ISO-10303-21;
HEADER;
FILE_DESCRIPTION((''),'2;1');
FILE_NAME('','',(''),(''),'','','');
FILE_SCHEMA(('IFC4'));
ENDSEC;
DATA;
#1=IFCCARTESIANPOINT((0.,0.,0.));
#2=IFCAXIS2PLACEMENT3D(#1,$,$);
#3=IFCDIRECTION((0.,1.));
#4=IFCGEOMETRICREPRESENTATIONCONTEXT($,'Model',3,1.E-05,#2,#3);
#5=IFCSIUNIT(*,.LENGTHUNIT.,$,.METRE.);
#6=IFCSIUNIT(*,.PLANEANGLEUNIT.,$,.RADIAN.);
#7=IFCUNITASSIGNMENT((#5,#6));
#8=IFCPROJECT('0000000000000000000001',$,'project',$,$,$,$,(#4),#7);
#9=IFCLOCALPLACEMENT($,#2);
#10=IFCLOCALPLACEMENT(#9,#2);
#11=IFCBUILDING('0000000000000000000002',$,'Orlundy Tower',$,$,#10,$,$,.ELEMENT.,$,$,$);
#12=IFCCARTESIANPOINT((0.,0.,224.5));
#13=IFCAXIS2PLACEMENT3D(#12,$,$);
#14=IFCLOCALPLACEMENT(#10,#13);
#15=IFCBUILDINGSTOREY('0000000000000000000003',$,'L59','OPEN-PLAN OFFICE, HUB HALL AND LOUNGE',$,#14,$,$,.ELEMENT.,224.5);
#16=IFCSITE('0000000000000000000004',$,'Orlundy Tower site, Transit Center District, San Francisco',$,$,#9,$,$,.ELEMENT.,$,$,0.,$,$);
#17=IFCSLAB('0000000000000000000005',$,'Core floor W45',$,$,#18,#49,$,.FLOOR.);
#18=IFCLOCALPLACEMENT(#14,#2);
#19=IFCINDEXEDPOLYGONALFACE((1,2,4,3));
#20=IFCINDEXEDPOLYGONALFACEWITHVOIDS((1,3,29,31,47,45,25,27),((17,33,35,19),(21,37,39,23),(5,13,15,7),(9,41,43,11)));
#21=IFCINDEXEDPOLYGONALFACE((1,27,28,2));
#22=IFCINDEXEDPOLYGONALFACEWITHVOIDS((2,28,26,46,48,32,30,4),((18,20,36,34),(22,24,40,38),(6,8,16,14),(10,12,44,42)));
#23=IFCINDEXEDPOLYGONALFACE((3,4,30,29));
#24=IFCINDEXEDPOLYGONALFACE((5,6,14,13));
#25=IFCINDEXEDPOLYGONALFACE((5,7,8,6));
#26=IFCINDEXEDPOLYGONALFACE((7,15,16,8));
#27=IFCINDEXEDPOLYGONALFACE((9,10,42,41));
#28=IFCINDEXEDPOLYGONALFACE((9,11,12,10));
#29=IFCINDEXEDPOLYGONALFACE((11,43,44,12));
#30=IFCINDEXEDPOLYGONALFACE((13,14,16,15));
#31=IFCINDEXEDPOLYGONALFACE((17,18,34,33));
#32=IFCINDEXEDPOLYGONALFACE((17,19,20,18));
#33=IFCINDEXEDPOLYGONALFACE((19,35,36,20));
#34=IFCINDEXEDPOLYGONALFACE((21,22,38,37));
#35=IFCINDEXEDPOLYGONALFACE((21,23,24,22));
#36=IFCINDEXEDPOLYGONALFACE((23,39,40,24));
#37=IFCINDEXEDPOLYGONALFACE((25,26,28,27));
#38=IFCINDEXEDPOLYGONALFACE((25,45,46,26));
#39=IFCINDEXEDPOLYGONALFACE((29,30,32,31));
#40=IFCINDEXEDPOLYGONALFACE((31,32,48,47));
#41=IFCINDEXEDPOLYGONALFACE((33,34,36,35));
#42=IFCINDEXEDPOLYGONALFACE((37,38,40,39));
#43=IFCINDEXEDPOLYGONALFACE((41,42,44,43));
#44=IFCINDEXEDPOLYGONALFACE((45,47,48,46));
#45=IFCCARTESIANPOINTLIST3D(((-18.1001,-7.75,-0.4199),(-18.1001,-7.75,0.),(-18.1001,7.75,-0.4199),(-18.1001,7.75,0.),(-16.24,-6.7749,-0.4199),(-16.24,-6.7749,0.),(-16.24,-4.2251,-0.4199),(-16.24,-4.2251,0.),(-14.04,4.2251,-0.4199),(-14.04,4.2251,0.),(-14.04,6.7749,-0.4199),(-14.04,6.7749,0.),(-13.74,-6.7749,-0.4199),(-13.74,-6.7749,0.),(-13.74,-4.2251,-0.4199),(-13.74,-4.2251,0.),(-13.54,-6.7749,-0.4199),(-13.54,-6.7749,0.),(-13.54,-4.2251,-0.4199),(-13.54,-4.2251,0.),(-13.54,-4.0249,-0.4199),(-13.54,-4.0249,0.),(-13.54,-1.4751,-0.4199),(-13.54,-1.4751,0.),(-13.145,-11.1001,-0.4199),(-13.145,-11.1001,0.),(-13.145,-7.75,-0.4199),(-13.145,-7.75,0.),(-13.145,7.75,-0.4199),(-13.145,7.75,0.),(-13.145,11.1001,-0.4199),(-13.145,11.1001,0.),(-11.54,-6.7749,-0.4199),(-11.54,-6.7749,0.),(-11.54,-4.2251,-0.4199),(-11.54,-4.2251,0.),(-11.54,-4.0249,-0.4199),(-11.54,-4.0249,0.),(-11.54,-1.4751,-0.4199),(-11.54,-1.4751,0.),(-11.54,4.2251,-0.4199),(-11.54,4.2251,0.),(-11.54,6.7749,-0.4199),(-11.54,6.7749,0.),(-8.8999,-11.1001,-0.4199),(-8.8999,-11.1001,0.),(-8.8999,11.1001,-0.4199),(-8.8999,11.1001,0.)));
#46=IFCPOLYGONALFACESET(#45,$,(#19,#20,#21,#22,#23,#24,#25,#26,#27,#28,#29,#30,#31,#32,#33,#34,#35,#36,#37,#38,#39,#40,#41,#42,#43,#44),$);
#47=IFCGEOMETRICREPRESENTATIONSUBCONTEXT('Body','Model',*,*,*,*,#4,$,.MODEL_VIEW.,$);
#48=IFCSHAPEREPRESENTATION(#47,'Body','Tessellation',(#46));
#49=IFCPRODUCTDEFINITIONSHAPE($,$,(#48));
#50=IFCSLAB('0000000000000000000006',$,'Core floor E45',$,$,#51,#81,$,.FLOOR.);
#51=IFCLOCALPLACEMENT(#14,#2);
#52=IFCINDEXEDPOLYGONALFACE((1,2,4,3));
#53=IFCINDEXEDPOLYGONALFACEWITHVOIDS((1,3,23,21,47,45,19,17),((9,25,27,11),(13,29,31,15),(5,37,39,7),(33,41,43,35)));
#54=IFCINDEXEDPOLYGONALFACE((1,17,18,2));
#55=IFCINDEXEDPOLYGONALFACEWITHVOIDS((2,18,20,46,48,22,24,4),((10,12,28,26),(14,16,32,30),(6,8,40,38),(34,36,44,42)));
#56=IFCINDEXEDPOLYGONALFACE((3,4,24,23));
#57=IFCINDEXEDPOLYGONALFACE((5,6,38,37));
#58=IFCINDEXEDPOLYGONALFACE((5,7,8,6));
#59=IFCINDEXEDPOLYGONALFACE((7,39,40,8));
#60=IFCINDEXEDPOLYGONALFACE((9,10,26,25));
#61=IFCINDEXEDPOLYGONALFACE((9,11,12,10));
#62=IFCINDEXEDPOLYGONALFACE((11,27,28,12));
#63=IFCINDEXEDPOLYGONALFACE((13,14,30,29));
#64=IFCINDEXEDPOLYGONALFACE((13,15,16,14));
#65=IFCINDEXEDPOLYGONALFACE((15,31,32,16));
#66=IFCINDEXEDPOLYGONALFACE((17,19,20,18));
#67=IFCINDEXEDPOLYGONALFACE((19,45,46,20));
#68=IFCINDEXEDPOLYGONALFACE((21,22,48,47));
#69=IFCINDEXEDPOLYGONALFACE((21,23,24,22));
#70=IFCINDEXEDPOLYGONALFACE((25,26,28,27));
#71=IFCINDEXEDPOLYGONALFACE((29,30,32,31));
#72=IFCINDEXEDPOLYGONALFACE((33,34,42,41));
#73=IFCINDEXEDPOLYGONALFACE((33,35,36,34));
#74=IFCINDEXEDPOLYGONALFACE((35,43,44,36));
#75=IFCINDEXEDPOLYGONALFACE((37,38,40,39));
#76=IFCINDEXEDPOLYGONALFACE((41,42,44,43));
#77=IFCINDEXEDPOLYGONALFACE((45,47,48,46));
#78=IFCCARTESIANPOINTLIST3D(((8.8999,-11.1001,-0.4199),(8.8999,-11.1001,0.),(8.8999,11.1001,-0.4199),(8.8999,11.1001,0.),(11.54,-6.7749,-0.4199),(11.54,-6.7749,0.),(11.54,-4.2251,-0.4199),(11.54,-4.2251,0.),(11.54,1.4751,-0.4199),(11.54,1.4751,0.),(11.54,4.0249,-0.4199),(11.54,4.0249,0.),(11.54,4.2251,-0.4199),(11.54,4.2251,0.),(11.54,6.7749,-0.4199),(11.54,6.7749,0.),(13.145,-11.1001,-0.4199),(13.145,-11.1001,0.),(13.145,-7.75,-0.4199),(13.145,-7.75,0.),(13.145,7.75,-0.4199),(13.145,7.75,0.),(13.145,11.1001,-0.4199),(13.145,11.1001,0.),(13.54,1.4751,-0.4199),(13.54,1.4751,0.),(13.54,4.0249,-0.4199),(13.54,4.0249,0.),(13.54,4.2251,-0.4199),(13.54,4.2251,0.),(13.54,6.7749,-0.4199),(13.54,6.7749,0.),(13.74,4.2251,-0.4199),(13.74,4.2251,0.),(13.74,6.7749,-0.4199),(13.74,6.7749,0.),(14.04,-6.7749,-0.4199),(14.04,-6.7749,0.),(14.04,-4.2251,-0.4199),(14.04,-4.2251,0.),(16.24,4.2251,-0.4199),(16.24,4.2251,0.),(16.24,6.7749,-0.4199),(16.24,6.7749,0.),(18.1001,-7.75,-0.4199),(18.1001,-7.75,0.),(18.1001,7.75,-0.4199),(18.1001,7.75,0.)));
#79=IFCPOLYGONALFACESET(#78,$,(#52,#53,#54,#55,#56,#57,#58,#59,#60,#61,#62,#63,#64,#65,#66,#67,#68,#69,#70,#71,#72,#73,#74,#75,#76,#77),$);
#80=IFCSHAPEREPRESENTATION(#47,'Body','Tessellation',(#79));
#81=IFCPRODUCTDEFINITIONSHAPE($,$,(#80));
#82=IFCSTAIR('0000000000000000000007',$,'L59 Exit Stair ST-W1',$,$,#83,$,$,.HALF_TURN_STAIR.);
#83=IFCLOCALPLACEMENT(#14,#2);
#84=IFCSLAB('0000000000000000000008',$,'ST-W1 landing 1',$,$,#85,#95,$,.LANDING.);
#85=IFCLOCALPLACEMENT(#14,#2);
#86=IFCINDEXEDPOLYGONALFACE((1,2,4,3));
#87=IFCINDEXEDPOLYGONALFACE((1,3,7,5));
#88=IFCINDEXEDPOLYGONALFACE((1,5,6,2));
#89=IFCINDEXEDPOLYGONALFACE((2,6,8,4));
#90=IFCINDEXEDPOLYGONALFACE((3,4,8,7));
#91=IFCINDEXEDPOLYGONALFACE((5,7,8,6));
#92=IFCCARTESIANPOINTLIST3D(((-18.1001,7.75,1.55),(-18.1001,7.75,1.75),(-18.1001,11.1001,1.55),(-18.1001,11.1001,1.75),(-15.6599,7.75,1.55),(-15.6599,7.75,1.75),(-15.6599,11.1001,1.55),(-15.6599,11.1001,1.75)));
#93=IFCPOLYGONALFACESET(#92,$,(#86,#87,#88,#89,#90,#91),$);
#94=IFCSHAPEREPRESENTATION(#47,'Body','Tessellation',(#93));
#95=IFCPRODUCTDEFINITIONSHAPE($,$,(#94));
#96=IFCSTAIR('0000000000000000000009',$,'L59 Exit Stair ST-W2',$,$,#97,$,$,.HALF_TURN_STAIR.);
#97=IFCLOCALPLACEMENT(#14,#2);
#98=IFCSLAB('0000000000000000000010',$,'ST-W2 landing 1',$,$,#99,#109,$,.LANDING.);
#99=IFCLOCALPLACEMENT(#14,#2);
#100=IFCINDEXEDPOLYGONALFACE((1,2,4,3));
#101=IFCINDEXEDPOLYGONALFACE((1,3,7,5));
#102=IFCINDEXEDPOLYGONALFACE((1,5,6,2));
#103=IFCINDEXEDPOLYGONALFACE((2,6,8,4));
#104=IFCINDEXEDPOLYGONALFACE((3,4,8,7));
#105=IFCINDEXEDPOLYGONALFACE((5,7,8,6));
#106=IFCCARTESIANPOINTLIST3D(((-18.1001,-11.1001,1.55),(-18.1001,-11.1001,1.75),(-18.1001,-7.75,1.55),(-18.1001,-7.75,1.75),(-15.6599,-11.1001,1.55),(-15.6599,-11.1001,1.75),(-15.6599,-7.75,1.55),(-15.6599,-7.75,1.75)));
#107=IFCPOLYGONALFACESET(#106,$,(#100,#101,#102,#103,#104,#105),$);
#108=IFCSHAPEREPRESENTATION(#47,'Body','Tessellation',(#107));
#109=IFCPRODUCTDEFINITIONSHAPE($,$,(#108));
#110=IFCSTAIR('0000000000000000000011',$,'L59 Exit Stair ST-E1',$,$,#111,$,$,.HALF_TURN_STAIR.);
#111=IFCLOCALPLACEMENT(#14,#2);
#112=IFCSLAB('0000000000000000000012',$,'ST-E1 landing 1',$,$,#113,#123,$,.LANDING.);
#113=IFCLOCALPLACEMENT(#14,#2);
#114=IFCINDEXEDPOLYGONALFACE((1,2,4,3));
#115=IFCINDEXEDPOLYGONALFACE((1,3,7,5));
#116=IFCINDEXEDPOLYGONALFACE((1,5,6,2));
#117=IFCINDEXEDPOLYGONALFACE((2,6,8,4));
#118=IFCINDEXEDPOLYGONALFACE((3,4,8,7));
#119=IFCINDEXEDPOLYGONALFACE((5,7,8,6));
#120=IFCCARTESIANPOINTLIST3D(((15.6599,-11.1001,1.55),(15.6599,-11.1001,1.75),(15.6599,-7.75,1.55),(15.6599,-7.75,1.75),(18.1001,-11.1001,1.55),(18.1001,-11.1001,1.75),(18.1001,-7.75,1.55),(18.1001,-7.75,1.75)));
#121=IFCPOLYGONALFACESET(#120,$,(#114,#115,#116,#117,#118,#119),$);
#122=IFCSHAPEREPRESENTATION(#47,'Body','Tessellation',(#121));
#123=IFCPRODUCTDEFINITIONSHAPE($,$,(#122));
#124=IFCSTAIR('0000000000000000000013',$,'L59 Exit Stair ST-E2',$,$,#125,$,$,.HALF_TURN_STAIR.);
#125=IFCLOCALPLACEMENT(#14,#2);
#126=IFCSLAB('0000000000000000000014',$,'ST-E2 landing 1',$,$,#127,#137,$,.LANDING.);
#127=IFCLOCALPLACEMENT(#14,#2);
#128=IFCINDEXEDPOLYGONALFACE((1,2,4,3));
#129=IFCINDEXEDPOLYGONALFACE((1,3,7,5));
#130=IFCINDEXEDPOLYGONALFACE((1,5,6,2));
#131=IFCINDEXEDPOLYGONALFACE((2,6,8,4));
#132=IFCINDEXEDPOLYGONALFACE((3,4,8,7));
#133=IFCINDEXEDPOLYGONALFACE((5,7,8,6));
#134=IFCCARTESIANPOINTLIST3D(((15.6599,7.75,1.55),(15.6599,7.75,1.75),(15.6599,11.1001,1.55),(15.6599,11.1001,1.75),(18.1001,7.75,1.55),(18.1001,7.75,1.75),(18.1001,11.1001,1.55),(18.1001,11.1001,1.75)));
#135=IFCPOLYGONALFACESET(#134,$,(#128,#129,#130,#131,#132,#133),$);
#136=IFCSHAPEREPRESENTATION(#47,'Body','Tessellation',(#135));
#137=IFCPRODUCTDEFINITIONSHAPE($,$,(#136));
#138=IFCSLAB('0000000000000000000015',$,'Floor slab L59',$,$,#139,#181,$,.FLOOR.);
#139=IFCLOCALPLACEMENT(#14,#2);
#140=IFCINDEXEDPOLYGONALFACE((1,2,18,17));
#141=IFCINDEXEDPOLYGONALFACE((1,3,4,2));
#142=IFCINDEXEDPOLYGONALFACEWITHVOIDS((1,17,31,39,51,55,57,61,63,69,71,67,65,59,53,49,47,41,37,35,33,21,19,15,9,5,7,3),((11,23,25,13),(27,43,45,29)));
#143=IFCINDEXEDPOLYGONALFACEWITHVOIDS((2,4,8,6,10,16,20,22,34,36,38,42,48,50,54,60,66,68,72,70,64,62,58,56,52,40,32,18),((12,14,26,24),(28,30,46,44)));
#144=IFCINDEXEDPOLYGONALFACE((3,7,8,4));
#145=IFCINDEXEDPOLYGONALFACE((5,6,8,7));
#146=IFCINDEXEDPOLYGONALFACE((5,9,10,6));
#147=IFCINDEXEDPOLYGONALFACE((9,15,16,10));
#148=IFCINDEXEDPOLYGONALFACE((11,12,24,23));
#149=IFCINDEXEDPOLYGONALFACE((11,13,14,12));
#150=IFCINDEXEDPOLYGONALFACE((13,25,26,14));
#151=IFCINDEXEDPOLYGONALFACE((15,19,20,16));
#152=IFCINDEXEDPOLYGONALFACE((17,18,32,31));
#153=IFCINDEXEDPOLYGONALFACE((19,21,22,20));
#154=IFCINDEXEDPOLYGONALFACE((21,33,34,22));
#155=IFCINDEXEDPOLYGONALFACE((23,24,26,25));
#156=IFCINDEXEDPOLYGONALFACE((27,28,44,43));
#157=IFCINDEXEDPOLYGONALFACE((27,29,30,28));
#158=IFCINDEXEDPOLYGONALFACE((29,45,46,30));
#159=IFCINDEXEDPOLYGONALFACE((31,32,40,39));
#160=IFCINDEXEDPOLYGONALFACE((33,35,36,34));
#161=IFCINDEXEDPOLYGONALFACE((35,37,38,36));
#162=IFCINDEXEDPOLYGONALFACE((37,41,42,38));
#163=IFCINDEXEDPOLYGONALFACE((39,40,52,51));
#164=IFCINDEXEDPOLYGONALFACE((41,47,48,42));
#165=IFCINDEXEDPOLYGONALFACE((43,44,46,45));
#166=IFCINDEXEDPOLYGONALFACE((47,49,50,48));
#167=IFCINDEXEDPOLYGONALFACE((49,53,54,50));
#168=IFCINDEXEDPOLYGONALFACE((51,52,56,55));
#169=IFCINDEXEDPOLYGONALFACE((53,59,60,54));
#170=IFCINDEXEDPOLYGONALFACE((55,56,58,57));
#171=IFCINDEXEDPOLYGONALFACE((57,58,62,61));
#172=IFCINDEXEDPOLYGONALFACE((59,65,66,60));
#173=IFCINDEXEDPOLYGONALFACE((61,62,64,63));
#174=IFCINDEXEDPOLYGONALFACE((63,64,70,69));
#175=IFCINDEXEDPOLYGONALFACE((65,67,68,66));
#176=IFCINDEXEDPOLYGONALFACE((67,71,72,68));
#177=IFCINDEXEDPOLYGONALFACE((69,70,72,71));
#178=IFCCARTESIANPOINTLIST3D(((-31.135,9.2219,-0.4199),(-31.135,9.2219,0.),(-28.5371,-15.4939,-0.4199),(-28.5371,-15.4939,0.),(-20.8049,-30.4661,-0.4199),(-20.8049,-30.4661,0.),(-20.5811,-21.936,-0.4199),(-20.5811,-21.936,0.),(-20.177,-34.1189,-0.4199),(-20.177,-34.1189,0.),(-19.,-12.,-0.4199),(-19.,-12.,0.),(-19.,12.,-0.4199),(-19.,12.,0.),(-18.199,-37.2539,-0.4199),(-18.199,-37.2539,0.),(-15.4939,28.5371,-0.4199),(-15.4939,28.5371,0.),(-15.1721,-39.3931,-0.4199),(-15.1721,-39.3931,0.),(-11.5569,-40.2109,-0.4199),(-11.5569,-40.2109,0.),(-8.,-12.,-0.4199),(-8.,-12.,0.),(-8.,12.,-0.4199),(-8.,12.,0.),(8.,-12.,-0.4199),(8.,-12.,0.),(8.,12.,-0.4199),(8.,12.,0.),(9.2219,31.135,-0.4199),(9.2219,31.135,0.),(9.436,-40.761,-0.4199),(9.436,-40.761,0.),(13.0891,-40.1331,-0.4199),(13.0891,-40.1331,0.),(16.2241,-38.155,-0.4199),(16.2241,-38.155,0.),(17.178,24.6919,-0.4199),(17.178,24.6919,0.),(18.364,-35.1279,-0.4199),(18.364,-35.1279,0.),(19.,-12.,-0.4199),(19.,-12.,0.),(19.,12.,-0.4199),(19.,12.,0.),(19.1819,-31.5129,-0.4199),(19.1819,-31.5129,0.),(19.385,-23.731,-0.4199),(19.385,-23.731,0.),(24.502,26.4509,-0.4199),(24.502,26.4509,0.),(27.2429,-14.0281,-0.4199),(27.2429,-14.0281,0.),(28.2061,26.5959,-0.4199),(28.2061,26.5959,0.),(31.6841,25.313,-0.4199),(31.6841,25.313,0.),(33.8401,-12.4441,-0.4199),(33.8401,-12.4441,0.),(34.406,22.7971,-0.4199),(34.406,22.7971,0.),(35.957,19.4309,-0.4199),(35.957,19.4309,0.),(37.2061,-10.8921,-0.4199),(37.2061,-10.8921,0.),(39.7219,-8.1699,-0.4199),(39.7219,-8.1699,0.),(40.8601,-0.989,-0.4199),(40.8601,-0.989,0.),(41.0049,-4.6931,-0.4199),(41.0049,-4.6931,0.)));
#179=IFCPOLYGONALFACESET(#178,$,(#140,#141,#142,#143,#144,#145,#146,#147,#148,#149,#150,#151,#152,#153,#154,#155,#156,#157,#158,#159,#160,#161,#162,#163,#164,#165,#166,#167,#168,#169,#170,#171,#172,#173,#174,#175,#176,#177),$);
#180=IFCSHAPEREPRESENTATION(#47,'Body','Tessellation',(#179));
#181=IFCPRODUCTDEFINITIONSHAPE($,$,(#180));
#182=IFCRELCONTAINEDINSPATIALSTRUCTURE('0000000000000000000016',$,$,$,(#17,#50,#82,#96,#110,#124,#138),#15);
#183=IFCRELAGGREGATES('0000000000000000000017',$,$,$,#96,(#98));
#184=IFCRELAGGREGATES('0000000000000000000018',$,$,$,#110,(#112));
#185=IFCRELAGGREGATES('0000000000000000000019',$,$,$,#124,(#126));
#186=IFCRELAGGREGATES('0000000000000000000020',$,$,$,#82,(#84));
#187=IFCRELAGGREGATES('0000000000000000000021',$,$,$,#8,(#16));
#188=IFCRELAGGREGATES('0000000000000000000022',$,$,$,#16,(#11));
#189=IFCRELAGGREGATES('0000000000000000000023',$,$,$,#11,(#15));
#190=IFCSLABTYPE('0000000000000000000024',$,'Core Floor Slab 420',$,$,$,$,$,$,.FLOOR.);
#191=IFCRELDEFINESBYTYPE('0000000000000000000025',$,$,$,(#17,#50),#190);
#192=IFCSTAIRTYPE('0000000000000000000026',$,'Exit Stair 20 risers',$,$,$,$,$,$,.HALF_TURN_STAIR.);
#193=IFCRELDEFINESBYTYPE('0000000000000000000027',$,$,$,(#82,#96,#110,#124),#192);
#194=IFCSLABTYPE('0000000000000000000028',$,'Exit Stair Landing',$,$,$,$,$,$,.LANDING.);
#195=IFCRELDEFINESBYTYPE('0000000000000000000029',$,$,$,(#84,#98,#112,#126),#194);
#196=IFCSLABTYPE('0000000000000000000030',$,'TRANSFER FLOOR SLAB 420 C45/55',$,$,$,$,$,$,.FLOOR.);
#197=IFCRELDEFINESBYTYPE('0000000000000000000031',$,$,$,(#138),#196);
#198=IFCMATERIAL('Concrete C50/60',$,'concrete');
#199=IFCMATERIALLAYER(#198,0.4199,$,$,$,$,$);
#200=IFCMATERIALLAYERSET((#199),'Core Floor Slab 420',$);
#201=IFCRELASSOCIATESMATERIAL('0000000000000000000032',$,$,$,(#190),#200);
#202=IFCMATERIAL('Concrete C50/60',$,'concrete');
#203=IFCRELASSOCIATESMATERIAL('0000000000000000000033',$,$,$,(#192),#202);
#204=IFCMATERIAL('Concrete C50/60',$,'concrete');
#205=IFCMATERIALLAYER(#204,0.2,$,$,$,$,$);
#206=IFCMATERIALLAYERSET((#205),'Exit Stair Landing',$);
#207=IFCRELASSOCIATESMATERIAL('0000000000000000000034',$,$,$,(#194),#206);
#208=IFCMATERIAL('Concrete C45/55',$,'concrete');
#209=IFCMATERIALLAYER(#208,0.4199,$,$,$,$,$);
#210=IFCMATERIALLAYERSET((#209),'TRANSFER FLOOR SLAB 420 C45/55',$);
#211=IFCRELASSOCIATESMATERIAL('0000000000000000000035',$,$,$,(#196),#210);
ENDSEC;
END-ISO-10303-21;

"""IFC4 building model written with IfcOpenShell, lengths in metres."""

from ifc_helpers import new_model, si_unit, direction, frame, origin, place, context, subcontext, project, spatial, polyline, outline, extrude, material, layer, layer_set, type_object, element, aggregate, save


model = new_model("IFC4")

# Units and contexts
model_context = context("Model", 3, precision=1e-05, world=origin(), true_north=direction((0.0, 1.0)))
body_context = subcontext(model_context, "Body", "Model", "MODEL_VIEW")
ifc_project = project(units=[si_unit("LENGTHUNIT", "METRE"), si_unit("PLANEANGLEUNIT", "RADIAN")], contexts=[model_context])

# Site, building, storey
site_placement = place(None, origin())
site = spatial("IfcSite", under=ifc_project, at=site_placement, Name="Orlundy Tower site, Transit Center District, San Francisco", CompositionType="ELEMENT", RefElevation=0.0)
building_placement = place(site_placement, origin())
building = spatial("IfcBuilding", under=site, at=building_placement, Name="Orlundy Tower", CompositionType="ELEMENT")
storey_placement = place(building_placement, frame((0.0, 0.0, 224.5)))
storey = spatial("IfcBuildingStorey", under=building, at=storey_placement, Name="L59", Description="OPEN-PLAN OFFICE, HUB HALL AND LOUNGE", CompositionType="ELEMENT", Elevation=224.5)

# Slabs
ifc_material_1 = material(Name="Concrete C50/60", Category="concrete")
ifc_layer_1 = layer(ifc_material_1, 0.4199)
ifc_layer_set_1 = layer_set([ifc_layer_1], Name="Core Floor Slab 420")
slab_type_1 = type_object("IfcSlabType", Name="Core Floor Slab 420", PredefinedType="FLOOR", material=ifc_layer_set_1)
slab_1_placement = place(storey_placement, frame((0.0, 0.0, -0.4199)))
element("IfcSlab", 1, at=slab_1_placement, inside=storey, type_object=slab_type_1, Name="Core floor W45", PredefinedType="FLOOR", context=body_context, shape_type="SweptSolid", body=[
    extrude(outline(polyline([(-18.1001, 7.75), (-13.145, 7.75), (-13.145, 11.1001), (-8.8999, 11.1001), (-8.8999, -11.1001), (-13.145, -11.1001), (-13.145, -7.75), (-18.1001, -7.75), (-18.1001, 7.75)]), holes=[polyline([(-13.54, -4.2251), (-13.54, -6.7749), (-11.54, -6.7749), (-11.54, -4.2251), (-13.54, -4.2251)]), polyline([(-13.74, -4.2251), (-16.24, -4.2251), (-16.24, -6.7749), (-13.74, -6.7749), (-13.74, -4.2251)]), polyline([(-11.54, -4.0249), (-11.54, -1.4751), (-13.54, -1.4751), (-13.54, -4.0249), (-11.54, -4.0249)]), polyline([(-14.04, 4.2251), (-11.54, 4.2251), (-11.54, 6.7749), (-14.04, 6.7749), (-14.04, 4.2251)])]), origin(), (0.0, 0.0, 1.0), 0.4199),
])
slab_2_placement = place(storey_placement, frame((0.0, 0.0, -0.4199)))
element("IfcSlab", 2, at=slab_2_placement, inside=storey, type_object=slab_type_1, Name="Core floor E45", PredefinedType="FLOOR", context=body_context, shape_type="SweptSolid", body=[
    extrude(outline(polyline([(18.1001, -7.75), (13.145, -7.75), (13.145, -11.1001), (8.8999, -11.1001), (8.8999, 11.1001), (13.145, 11.1001), (13.145, 7.75), (18.1001, 7.75), (18.1001, -7.75)]), holes=[polyline([(13.54, 4.2251), (13.54, 6.7749), (11.54, 6.7749), (11.54, 4.2251), (13.54, 4.2251)]), polyline([(13.74, 4.2251), (16.24, 4.2251), (16.24, 6.7749), (13.74, 6.7749), (13.74, 4.2251)]), polyline([(11.54, 4.0249), (11.54, 1.4751), (13.54, 1.4751), (13.54, 4.0249), (11.54, 4.0249)]), polyline([(14.04, -4.2251), (11.54, -4.2251), (11.54, -6.7749), (14.04, -6.7749), (14.04, -4.2251)])]), origin(), (0.0, 0.0, 1.0), 0.4199),
])

# Stairs, slabs
ifc_material_2 = material(Name="Concrete C50/60", Category="concrete")
stair_type = type_object("IfcStairType", Name="Exit Stair 20 risers", PredefinedType="HALF_TURN_STAIR", material=ifc_material_2)
stair_1_placement = place(storey_placement, origin())
stair_1 = element("IfcStair", 3, at=stair_1_placement, inside=storey, type_object=stair_type, Name="L59 Exit Stair ST-W1", PredefinedType="HALF_TURN_STAIR")
ifc_material_3 = material(Name="Concrete C50/60", Category="concrete")
ifc_layer_2 = layer(ifc_material_3, 0.2)
ifc_layer_set_2 = layer_set([ifc_layer_2], Name="Exit Stair Landing")
slab_type_2 = type_object("IfcSlabType", Name="Exit Stair Landing", PredefinedType="LANDING", material=ifc_layer_set_2)
slab_3_placement = place(storey_placement, frame((0.0, 0.0, 1.55)))
slab_3 = element("IfcSlab", 4, at=slab_3_placement, type_object=slab_type_2, Name="ST-W1 landing 1", PredefinedType="LANDING", context=body_context, shape_type="SweptSolid", body=[
    extrude(outline(polyline([(-15.6599, 11.1001), (-18.1001, 11.1001), (-18.1001, 7.75), (-15.6599, 7.75), (-15.6599, 11.1001)])), origin(), (0.0, 0.0, 1.0), 0.2),
])
stair_2_placement = place(storey_placement, origin())
stair_2 = element("IfcStair", 5, at=stair_2_placement, inside=storey, type_object=stair_type, Name="L59 Exit Stair ST-W2", PredefinedType="HALF_TURN_STAIR")
slab_4_placement = place(storey_placement, frame((0.0, 0.0, 1.55)))
slab_4 = element("IfcSlab", 6, at=slab_4_placement, type_object=slab_type_2, Name="ST-W2 landing 1", PredefinedType="LANDING", context=body_context, shape_type="SweptSolid", body=[
    extrude(outline(polyline([(-15.6599, -7.75), (-18.1001, -7.75), (-18.1001, -11.1001), (-15.6599, -11.1001), (-15.6599, -7.75)])), origin(), (0.0, 0.0, 1.0), 0.2),
])
aggregate(stair_2, [slab_4])
stair_3_placement = place(storey_placement, origin())
stair_3 = element("IfcStair", 7, at=stair_3_placement, inside=storey, type_object=stair_type, Name="L59 Exit Stair ST-E1", PredefinedType="HALF_TURN_STAIR")
slab_5_placement = place(storey_placement, frame((0.0, 0.0, 1.55)))
slab_5 = element("IfcSlab", 8, at=slab_5_placement, type_object=slab_type_2, Name="ST-E1 landing 1", PredefinedType="LANDING", context=body_context, shape_type="SweptSolid", body=[
    extrude(outline(polyline([(15.6599, -11.1001), (18.1001, -11.1001), (18.1001, -7.75), (15.6599, -7.75), (15.6599, -11.1001)])), origin(), (0.0, 0.0, 1.0), 0.2),
])
aggregate(stair_3, [slab_5])
stair_4_placement = place(storey_placement, origin())
stair_4 = element("IfcStair", 9, at=stair_4_placement, inside=storey, type_object=stair_type, Name="L59 Exit Stair ST-E2", PredefinedType="HALF_TURN_STAIR")
slab_6_placement = place(storey_placement, frame((0.0, 0.0, 1.55)))
slab_6 = element("IfcSlab", 10, at=slab_6_placement, type_object=slab_type_2, Name="ST-E2 landing 1", PredefinedType="LANDING", context=body_context, shape_type="SweptSolid", body=[
    extrude(outline(polyline([(15.6599, 7.75), (18.1001, 7.75), (18.1001, 11.1001), (15.6599, 11.1001), (15.6599, 7.75)])), origin(), (0.0, 0.0, 1.0), 0.2),
])
aggregate(stair_4, [slab_6])

# Slab
ifc_material_4 = material(Name="Concrete C45/55", Category="concrete")
ifc_layer_3 = layer(ifc_material_4, 0.4199)
ifc_layer_set_3 = layer_set([ifc_layer_3], Name="TRANSFER FLOOR SLAB 420 C45/55")
slab_type_3 = type_object("IfcSlabType", Name="TRANSFER FLOOR SLAB 420 C45/55", PredefinedType="FLOOR", material=ifc_layer_set_3)
slab_7_placement = place(storey_placement, frame((0.0, 0.0, -0.4199)))
element("IfcSlab", 11, at=slab_7_placement, inside=storey, type_object=slab_type_3, Name="Floor slab L59", PredefinedType="FLOOR", context=body_context, shape_type="SweptSolid", body=[
    extrude(outline(polyline([(-20.5811, -21.936), (-28.5371, -15.4939), (-31.135, 9.2219), (-15.4939, 28.5371), (9.2219, 31.135), (17.178, 24.6919), (24.502, 26.4509), (28.2061, 26.5959), (31.6841, 25.313), (34.406, 22.7971), (35.957, 19.4309), (40.8601, -0.989), (41.0049, -4.6931), (39.7219, -8.1699), (37.2061, -10.8921), (33.8401, -12.4441), (27.2429, -14.0281), (19.385, -23.731), (19.1819, -31.5129), (18.364, -35.1279), (16.2241, -38.155), (13.0891, -40.1331), (9.436, -40.761), (-11.5569, -40.2109), (-15.1721, -39.3931), (-18.199, -37.2539), (-20.177, -34.1189), (-20.8049, -30.4661), (-20.5811, -21.936)]), holes=[polyline([(-8.0, -12.0), (-8.0, 12.0), (-19.0, 12.0), (-19.0, -12.0), (-8.0, -12.0)]), polyline([(19.0, -12.0), (19.0, 12.0), (8.0, 12.0), (8.0, -12.0), (19.0, -12.0)])]), origin(), (0.0, 0.0, 1.0), 0.4199),
])

aggregate(stair_1, [slab_3])

save(model, "model.ifc")
